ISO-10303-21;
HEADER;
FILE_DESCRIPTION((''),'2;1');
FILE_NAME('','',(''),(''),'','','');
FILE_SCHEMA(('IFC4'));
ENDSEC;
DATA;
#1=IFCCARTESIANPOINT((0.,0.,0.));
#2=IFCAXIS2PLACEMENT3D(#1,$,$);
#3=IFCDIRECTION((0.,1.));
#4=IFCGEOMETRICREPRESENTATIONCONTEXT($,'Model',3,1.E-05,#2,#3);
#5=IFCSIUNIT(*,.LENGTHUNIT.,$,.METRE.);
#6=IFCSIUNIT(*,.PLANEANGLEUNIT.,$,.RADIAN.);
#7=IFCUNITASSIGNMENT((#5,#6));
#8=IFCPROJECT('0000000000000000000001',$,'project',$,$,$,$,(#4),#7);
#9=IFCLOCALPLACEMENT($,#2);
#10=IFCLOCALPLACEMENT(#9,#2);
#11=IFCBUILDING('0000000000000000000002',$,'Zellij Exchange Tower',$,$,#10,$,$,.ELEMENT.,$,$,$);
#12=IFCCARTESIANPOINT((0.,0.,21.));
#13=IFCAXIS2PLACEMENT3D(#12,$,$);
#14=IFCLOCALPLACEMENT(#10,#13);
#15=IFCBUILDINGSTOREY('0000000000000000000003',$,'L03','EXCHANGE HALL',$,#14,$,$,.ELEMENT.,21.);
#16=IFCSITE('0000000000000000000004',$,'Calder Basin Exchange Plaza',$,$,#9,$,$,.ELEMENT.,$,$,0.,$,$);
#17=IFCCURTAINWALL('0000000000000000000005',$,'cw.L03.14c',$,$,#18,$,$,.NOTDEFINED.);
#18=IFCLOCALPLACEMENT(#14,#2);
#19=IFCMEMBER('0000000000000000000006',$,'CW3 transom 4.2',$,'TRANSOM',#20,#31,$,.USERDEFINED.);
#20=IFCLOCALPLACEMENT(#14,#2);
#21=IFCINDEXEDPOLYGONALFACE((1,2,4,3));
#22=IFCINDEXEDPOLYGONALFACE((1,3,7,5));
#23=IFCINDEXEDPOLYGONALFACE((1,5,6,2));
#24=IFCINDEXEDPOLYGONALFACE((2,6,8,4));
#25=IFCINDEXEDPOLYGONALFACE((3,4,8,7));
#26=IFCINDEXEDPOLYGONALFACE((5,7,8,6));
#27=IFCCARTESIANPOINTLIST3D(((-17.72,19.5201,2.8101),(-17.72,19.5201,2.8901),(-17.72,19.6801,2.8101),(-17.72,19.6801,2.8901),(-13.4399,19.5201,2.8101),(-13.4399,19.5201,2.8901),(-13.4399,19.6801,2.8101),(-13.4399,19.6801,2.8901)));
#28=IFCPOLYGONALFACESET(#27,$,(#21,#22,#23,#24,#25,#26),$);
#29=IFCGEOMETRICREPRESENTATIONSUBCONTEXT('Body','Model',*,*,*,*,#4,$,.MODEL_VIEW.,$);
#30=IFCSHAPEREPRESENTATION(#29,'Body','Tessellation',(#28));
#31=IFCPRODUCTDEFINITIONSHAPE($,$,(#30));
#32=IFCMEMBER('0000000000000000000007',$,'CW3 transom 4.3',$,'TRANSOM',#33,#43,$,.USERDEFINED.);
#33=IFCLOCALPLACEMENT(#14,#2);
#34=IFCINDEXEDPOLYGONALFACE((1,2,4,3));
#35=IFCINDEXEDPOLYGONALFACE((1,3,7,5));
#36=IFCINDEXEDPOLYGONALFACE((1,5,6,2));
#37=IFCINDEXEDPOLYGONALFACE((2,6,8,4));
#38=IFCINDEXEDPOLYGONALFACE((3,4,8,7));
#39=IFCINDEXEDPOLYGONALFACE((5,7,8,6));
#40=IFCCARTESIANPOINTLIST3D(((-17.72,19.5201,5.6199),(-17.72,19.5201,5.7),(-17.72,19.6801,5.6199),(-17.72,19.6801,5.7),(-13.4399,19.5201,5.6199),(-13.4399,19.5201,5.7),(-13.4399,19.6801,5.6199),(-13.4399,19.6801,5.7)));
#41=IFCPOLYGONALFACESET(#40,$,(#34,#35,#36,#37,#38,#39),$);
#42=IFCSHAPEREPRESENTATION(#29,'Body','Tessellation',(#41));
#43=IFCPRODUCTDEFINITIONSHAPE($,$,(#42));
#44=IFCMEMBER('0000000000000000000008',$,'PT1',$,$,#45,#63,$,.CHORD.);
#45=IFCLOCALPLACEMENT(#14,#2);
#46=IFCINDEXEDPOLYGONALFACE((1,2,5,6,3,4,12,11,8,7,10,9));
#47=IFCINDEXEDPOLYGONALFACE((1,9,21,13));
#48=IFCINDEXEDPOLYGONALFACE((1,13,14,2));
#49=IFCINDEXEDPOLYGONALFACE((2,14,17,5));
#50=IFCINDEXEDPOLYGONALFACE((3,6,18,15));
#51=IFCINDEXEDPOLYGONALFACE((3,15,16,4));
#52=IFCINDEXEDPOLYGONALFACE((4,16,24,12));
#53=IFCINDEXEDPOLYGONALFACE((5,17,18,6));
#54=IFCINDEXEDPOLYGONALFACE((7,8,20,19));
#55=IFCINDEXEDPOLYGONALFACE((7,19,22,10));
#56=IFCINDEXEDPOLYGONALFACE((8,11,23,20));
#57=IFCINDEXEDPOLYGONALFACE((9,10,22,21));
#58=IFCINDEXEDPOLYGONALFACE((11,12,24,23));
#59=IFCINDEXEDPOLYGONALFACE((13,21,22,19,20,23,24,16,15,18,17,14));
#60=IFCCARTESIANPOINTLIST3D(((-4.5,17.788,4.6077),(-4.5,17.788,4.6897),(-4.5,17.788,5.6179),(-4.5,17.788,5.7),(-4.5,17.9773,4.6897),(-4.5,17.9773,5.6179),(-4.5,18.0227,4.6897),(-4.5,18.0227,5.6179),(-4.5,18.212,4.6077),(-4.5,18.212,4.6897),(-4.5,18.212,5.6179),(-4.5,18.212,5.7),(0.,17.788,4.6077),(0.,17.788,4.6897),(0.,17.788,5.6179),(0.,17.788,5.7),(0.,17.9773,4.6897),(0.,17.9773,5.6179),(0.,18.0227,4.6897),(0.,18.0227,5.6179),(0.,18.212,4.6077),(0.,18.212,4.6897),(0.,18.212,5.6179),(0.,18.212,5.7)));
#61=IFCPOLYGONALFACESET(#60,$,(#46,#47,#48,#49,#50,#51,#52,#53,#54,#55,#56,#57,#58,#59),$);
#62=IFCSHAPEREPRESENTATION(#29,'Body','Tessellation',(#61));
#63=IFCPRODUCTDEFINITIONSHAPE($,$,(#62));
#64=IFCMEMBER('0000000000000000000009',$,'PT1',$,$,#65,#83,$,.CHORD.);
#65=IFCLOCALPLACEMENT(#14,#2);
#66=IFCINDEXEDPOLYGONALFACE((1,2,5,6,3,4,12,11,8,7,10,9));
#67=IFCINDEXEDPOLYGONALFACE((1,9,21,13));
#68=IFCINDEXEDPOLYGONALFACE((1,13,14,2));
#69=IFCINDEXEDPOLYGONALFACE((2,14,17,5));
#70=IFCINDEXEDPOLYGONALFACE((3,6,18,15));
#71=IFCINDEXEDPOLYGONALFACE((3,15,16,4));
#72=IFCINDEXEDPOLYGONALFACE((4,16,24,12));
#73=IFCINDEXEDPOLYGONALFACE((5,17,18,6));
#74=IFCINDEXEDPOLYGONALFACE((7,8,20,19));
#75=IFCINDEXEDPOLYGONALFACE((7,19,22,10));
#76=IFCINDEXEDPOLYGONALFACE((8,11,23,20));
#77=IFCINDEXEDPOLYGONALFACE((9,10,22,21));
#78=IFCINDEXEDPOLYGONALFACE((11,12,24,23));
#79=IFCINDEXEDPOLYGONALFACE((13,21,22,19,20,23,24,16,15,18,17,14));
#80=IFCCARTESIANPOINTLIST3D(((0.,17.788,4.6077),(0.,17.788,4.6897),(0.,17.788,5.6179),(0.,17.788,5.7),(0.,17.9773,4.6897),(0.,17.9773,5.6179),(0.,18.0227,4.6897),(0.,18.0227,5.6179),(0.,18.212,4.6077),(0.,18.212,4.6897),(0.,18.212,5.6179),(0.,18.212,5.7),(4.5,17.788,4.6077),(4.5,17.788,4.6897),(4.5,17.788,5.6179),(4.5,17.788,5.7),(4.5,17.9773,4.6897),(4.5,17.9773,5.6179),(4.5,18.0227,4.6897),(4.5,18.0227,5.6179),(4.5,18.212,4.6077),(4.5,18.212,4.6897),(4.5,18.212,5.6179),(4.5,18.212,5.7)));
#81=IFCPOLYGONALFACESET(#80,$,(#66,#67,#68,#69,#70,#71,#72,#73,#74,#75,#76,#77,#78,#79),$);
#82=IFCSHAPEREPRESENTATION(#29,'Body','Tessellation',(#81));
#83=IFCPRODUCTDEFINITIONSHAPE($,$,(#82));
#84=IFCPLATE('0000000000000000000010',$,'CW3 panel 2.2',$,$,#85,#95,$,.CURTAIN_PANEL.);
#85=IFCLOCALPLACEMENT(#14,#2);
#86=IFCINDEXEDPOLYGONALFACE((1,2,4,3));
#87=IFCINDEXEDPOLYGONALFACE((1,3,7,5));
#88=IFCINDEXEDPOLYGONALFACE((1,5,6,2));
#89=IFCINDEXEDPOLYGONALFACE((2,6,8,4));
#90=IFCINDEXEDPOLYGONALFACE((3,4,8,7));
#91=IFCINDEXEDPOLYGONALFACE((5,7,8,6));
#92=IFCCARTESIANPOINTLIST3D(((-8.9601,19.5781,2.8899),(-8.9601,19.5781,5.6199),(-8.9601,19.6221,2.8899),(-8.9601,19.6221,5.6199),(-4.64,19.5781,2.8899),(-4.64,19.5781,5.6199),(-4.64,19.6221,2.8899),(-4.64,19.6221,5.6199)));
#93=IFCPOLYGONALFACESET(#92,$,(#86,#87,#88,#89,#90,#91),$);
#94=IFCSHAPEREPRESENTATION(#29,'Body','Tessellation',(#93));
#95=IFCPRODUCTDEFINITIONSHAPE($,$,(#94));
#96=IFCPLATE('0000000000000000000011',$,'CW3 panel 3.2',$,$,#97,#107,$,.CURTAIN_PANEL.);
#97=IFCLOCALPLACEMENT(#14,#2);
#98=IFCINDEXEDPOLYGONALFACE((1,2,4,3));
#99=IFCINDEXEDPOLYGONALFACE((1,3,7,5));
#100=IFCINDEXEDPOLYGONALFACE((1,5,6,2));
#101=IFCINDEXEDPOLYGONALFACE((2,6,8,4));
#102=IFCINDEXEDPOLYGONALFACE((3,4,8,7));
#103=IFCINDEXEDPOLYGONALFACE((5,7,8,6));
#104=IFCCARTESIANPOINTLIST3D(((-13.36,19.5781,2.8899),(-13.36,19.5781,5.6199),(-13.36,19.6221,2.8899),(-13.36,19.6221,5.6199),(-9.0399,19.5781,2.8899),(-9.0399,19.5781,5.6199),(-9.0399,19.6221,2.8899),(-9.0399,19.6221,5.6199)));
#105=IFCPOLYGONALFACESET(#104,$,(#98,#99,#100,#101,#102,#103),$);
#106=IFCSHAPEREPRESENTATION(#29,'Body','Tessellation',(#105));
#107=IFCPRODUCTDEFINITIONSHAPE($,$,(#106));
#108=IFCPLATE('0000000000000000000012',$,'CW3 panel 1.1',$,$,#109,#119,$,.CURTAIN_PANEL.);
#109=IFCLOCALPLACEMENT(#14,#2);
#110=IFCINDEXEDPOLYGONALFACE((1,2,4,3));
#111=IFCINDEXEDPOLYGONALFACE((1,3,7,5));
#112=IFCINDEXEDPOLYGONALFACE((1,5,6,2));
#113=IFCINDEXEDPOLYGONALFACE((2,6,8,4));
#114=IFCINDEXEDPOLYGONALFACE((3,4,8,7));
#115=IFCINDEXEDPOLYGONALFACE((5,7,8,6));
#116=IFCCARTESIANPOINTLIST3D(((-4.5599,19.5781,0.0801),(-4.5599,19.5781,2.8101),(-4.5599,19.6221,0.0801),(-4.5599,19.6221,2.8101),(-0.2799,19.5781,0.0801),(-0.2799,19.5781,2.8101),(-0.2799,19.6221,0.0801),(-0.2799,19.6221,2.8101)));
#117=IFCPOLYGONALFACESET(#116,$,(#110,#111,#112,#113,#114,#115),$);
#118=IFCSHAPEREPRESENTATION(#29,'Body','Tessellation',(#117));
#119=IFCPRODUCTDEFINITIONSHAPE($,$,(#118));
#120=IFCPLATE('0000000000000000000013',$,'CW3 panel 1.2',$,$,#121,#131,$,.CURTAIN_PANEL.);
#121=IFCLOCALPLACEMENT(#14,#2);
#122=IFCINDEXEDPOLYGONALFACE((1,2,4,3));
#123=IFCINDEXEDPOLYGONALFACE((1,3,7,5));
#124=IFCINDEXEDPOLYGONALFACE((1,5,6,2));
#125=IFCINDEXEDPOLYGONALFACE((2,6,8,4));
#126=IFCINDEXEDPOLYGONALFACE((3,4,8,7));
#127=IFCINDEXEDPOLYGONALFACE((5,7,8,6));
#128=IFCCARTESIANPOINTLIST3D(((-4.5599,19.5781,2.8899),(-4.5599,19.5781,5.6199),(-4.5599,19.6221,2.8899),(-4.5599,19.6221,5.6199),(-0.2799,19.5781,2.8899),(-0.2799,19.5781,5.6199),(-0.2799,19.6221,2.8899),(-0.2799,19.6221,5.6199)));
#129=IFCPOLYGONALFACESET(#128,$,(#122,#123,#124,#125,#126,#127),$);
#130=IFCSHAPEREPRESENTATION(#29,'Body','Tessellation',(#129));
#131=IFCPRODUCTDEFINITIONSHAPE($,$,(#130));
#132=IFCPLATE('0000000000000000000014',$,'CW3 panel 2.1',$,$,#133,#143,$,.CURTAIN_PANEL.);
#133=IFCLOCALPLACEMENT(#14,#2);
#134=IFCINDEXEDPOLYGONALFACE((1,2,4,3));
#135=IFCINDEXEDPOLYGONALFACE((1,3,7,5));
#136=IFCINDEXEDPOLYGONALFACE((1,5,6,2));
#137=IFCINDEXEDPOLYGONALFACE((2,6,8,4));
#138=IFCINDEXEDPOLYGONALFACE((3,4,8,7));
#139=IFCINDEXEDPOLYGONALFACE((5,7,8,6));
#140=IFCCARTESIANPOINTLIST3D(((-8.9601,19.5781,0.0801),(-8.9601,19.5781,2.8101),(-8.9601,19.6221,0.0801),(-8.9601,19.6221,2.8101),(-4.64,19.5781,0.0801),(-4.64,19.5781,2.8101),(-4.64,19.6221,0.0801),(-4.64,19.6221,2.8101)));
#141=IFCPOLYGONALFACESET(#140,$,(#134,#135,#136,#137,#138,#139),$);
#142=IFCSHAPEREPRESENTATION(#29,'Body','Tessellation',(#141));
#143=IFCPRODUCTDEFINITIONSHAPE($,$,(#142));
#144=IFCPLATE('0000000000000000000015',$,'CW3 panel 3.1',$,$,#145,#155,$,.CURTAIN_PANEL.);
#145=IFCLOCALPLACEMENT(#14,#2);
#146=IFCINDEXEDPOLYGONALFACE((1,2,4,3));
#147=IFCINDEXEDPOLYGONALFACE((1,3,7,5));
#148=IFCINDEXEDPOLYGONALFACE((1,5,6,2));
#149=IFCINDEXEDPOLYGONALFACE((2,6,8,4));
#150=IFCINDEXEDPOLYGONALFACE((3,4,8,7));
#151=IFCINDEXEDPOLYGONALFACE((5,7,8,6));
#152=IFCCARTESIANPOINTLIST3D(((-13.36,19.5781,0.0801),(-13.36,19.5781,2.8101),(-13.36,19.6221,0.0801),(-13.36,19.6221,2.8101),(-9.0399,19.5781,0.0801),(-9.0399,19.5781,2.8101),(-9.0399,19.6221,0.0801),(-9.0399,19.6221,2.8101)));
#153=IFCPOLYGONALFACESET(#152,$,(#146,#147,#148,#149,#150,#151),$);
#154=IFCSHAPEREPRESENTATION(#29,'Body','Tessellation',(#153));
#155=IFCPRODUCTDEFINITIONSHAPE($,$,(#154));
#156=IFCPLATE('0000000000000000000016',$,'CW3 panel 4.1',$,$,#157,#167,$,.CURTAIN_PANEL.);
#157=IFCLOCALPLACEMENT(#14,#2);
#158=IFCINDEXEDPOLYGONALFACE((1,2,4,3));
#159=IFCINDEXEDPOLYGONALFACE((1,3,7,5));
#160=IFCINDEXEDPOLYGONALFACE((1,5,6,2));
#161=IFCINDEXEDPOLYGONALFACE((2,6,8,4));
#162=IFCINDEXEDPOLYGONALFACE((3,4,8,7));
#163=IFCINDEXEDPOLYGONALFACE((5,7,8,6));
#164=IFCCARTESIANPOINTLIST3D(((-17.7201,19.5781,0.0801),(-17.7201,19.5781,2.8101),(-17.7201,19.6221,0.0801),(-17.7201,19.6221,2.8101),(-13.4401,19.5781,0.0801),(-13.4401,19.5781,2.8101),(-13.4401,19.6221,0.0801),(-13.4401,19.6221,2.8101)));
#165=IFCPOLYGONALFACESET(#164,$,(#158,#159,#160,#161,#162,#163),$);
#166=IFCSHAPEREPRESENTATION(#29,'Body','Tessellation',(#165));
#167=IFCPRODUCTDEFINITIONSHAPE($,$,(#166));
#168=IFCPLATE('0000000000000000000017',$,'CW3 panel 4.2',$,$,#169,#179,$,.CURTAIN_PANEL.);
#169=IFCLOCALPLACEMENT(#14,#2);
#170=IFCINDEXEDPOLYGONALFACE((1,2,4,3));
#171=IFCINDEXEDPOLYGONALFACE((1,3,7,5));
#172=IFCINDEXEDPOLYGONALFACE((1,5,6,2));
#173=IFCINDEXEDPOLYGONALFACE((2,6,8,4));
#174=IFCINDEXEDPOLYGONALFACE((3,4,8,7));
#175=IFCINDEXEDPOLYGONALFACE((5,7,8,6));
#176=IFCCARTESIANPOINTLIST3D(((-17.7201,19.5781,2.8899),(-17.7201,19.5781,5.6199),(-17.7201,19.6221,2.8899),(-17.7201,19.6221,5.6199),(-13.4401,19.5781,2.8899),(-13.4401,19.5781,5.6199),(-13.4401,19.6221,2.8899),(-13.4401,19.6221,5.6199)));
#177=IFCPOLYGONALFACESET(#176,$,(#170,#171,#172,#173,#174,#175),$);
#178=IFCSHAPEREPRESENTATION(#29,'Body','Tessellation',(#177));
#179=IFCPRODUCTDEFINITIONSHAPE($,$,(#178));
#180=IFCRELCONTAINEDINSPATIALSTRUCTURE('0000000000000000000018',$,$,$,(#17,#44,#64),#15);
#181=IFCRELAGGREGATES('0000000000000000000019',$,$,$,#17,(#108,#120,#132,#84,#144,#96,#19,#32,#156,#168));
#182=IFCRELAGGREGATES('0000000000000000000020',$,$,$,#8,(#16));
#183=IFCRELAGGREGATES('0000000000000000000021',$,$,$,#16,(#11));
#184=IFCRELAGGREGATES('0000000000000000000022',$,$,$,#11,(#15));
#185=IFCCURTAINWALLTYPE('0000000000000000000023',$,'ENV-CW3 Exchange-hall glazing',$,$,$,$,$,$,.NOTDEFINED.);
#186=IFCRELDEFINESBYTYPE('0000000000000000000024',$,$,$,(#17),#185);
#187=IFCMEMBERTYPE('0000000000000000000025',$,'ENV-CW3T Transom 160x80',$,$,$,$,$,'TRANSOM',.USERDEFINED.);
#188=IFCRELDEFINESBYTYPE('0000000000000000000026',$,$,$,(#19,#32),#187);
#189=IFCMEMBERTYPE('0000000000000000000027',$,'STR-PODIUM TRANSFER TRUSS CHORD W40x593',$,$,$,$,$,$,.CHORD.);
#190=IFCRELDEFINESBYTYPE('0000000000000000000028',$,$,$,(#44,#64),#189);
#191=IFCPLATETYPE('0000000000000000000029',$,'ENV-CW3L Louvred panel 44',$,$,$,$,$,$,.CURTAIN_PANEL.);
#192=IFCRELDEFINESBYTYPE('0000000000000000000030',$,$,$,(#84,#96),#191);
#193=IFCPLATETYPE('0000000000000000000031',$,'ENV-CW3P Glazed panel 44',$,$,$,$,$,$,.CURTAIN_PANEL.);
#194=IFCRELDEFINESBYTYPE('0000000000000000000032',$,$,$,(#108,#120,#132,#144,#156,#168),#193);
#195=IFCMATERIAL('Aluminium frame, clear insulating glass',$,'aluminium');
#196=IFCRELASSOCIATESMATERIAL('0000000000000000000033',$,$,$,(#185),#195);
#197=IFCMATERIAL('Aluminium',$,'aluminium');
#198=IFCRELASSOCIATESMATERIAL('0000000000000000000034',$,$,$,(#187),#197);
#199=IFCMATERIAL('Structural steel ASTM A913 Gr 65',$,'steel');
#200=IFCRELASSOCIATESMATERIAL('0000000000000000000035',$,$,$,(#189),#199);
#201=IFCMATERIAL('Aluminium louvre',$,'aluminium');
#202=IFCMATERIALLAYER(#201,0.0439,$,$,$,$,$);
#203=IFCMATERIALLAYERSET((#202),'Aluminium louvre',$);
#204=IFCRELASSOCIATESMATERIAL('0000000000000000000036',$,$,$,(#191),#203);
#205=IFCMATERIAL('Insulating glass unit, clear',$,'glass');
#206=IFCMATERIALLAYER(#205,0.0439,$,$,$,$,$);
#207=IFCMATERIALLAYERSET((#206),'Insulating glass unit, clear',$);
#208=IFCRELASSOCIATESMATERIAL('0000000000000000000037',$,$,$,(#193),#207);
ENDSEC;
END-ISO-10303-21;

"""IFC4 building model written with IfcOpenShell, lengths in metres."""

from ifc_helpers import new_model, si_unit, direction, frame, origin, origin_2d, place, context, subcontext, project, spatial, rectangle, i_section, extrude, material, layer, layer_set, material_profile, profile_set, type_object, element, aggregate, save


model = new_model("IFC4")

# Units and contexts
model_context = context("Model", 3, precision=1e-05, world=origin(), true_north=direction((0.0, 1.0)))
body_context = subcontext(model_context, "Body", "Model", "MODEL_VIEW")
ifc_project = project(units=[si_unit("LENGTHUNIT", "METRE"), si_unit("PLANEANGLEUNIT", "RADIAN")], contexts=[model_context])

# Site, building, storey
site_placement = place(None, origin())
site = spatial("IfcSite", under=ifc_project, at=site_placement, Name="Calder Basin Exchange Plaza", CompositionType="ELEMENT", RefElevation=0.0)
building_placement = place(site_placement, origin())
building = spatial("IfcBuilding", under=site, at=building_placement, Name="Zellij Exchange Tower", CompositionType="ELEMENT")
storey_placement = place(building_placement, frame((0.0, 0.0, 21.0)))
storey = spatial("IfcBuildingStorey", under=building, at=storey_placement, Name="L03", Description="EXCHANGE HALL", CompositionType="ELEMENT", Elevation=21.0)

# Curtain wall, members
ifc_material_1 = material(Name="Aluminium frame, clear insulating glass", Category="aluminium")
curtain_wall_type = type_object("IfcCurtainWallType", Name="ENV-CW3 Exchange-hall glazing", PredefinedType="NOTDEFINED", material=ifc_material_1)
curtain_wall_placement = place(storey_placement, origin())
curtain_wall = element("IfcCurtainWall", 1, at=curtain_wall_placement, inside=storey, type_object=curtain_wall_type, Name="cw.L03.14c", PredefinedType="NOTDEFINED")
ifc_material_2 = material(Name="Aluminium", Category="aluminium")
ifc_material_profile_1 = material_profile(ifc_material_2, rectangle(XDim=0.1599, YDim=0.0801, at=origin_2d()), Name="AL 160x80")
ifc_profile_set_1 = profile_set([ifc_material_profile_1], Name="Aluminium")
member_type_1 = type_object("IfcMemberType", Name="ENV-CW3T Transom 160x80", ElementType="TRANSOM", PredefinedType="USERDEFINED", material=ifc_profile_set_1)
member_1_placement = place(storey_placement, frame((-13.4399, 19.6001, 2.8501), z_axis=(-1.0, 0.0, 0.0), x_axis=(0.0, -1.0, 0.0)))
member_1 = element("IfcMember", 2, at=member_1_placement, type_object=member_type_1, Name="CW3 transom 4.2", ObjectType="TRANSOM", PredefinedType="USERDEFINED", context=body_context, shape_type="SweptSolid", body=[
    extrude(rectangle(XDim=0.1599, YDim=0.0801, at=origin_2d()), origin(), (0.0, 0.0, 1.0), 4.28),
])
member_2_placement = place(storey_placement, frame((-13.4399, 19.6001, 5.6599), z_axis=(-1.0, 0.0, 0.0), x_axis=(0.0, -1.0, 0.0)))
member_2 = element("IfcMember", 3, at=member_2_placement, type_object=member_type_1, Name="CW3 transom 4.3", ObjectType="TRANSOM", PredefinedType="USERDEFINED", context=body_context, shape_type="SweptSolid", body=[
    extrude(rectangle(XDim=0.1599, YDim=0.0801, at=origin_2d()), origin(), (0.0, 0.0, 1.0), 4.28),
])

# Members
ifc_material_3 = material(Name="Structural steel ASTM A913 Gr 65", Category="steel")
ifc_material_profile_2 = material_profile(ifc_material_3, i_section(OverallWidth=0.4241, OverallDepth=1.0923, WebThickness=0.0454, FlangeThickness=0.082, at=origin_2d()), Name="W40x593")
ifc_profile_set_2 = profile_set([ifc_material_profile_2], Name="Structural steel ASTM A913 Gr 65")
member_type_2 = type_object("IfcMemberType", Name="STR-PODIUM TRANSFER TRUSS CHORD W40x593", PredefinedType="CHORD", material=ifc_profile_set_2)
for number, where, z_axis, x_axis, name in (
    (4, (-4.5, 18.0, 5.1538), (1.0, 0.0, 0.0), (0.0, 1.0, 0.0), "PT1"),
    (5, (0.0, 18.0, 5.1538), (1.0, 0.0, 0.0), (0.0, 1.0, 0.0), "PT1"),
):
    element("IfcMember", number, at=place(storey_placement, frame(where, z_axis=z_axis, x_axis=x_axis)), inside=storey, type_object=member_type_2, Name=name, PredefinedType="CHORD", context=body_context, shape_type="SweptSolid", body=[
        extrude(i_section(OverallWidth=0.4241, OverallDepth=1.0923, WebThickness=0.0454, FlangeThickness=0.082, at=origin_2d()), origin(), (0.0, 0.0, 1.0), 4.5),
    ])

# Plates
ifc_material_4 = material(Name="Aluminium louvre", Category="aluminium")
ifc_layer_1 = layer(ifc_material_4, 0.0439)
ifc_layer_set_1 = layer_set([ifc_layer_1], Name="Aluminium louvre")
plate_type_1 = type_object("IfcPlateType", Name="ENV-CW3L Louvred panel 44", PredefinedType="CURTAIN_PANEL", material=ifc_layer_set_1)
plate_1_placement = place(storey_placement, frame((-6.8, 19.6001, 2.8899), z_axis=(0.0, 0.0, 1.0), x_axis=(-1.0, 0.0, 0.0)))
plate_1 = element("IfcPlate", 6, at=plate_1_placement, type_object=plate_type_1, Name="CW3 panel 2.2", PredefinedType="CURTAIN_PANEL", context=body_context, shape_type="SweptSolid", body=[
    extrude(rectangle(XDim=4.3201, YDim=0.0439, at=origin_2d()), origin(), (0.0, 0.0, 1.0), 2.73),
])
plate_2_placement = place(storey_placement, frame((-11.2, 19.6001, 2.8899), z_axis=(0.0, 0.0, 1.0), x_axis=(-1.0, 0.0, 0.0)))
plate_2 = element("IfcPlate", 7, at=plate_2_placement, type_object=plate_type_1, Name="CW3 panel 3.2", PredefinedType="CURTAIN_PANEL", context=body_context, shape_type="SweptSolid", body=[
    extrude(rectangle(XDim=4.3201, YDim=0.0439, at=origin_2d()), origin(), (0.0, 0.0, 1.0), 2.73),
])
ifc_material_5 = material(Name="Insulating glass unit, clear", Category="glass")
ifc_layer_2 = layer(ifc_material_5, 0.0439)
ifc_layer_set_2 = layer_set([ifc_layer_2], Name="Insulating glass unit, clear")
plate_type_2 = type_object("IfcPlateType", Name="ENV-CW3P Glazed panel 44", PredefinedType="CURTAIN_PANEL", material=ifc_layer_set_2)
plate_3_placement = place(storey_placement, frame((-2.4199, 19.6001, 0.0801), z_axis=(0.0, 0.0, 1.0), x_axis=(-1.0, 0.0, 0.0)))
plate_3 = element("IfcPlate", 8, at=plate_3_placement, type_object=plate_type_2, Name="CW3 panel 1.1", PredefinedType="CURTAIN_PANEL", context=body_context, shape_type="SweptSolid", body=[
    extrude(rectangle(XDim=4.28, YDim=0.0439, at=origin_2d()), origin(), (0.0, 0.0, 1.0), 2.73),
])
plate_4_placement = place(storey_placement, frame((-2.4199, 19.6001, 2.8899), z_axis=(0.0, 0.0, 1.0), x_axis=(-1.0, 0.0, 0.0)))
plate_4 = element("IfcPlate", 9, at=plate_4_placement, type_object=plate_type_2, Name="CW3 panel 1.2", PredefinedType="CURTAIN_PANEL", context=body_context, shape_type="SweptSolid", body=[
    extrude(rectangle(XDim=4.28, YDim=0.0439, at=origin_2d()), origin(), (0.0, 0.0, 1.0), 2.73),
])
plate_5_placement = place(storey_placement, frame((-6.8, 19.6001, 0.0801), z_axis=(0.0, 0.0, 1.0), x_axis=(-1.0, 0.0, 0.0)))
plate_5 = element("IfcPlate", 10, at=plate_5_placement, type_object=plate_type_2, Name="CW3 panel 2.1", PredefinedType="CURTAIN_PANEL", context=body_context, shape_type="SweptSolid", body=[
    extrude(rectangle(XDim=4.3201, YDim=0.0439, at=origin_2d()), origin(), (0.0, 0.0, 1.0), 2.73),
])
plate_6_placement = place(storey_placement, frame((-11.2, 19.6001, 0.0801), z_axis=(0.0, 0.0, 1.0), x_axis=(-1.0, 0.0, 0.0)))
plate_6 = element("IfcPlate", 11, at=plate_6_placement, type_object=plate_type_2, Name="CW3 panel 3.1", PredefinedType="CURTAIN_PANEL", context=body_context, shape_type="SweptSolid", body=[
    extrude(rectangle(XDim=4.3201, YDim=0.0439, at=origin_2d()), origin(), (0.0, 0.0, 1.0), 2.73),
])
plate_7_placement = place(storey_placement, frame((-15.5801, 19.6001, 0.0801), z_axis=(0.0, 0.0, 1.0), x_axis=(-1.0, 0.0, 0.0)))
plate_7 = element("IfcPlate", 12, at=plate_7_placement, type_object=plate_type_2, Name="CW3 panel 4.1", PredefinedType="CURTAIN_PANEL", context=body_context, shape_type="SweptSolid", body=[
    extrude(rectangle(XDim=4.28, YDim=0.0439, at=origin_2d()), origin(), (0.0, 0.0, 1.0), 2.73),
])
plate_8_placement = place(storey_placement, frame((-15.5801, 19.6001, 2.8899), z_axis=(0.0, 0.0, 1.0), x_axis=(-1.0, 0.0, 0.0)))
plate_8 = element("IfcPlate", 13, at=plate_8_placement, type_object=plate_type_2, Name="CW3 panel 4.2", PredefinedType="CURTAIN_PANEL", context=body_context, shape_type="SweptSolid", body=[
    extrude(rectangle(XDim=4.28, YDim=0.0439, at=origin_2d()), origin(), (0.0, 0.0, 1.0), 2.73),
])
aggregate(curtain_wall, [plate_3, plate_4, plate_5, plate_1, plate_6, plate_2, member_1, member_2, plate_7, plate_8])

save(model, "model.ifc")
